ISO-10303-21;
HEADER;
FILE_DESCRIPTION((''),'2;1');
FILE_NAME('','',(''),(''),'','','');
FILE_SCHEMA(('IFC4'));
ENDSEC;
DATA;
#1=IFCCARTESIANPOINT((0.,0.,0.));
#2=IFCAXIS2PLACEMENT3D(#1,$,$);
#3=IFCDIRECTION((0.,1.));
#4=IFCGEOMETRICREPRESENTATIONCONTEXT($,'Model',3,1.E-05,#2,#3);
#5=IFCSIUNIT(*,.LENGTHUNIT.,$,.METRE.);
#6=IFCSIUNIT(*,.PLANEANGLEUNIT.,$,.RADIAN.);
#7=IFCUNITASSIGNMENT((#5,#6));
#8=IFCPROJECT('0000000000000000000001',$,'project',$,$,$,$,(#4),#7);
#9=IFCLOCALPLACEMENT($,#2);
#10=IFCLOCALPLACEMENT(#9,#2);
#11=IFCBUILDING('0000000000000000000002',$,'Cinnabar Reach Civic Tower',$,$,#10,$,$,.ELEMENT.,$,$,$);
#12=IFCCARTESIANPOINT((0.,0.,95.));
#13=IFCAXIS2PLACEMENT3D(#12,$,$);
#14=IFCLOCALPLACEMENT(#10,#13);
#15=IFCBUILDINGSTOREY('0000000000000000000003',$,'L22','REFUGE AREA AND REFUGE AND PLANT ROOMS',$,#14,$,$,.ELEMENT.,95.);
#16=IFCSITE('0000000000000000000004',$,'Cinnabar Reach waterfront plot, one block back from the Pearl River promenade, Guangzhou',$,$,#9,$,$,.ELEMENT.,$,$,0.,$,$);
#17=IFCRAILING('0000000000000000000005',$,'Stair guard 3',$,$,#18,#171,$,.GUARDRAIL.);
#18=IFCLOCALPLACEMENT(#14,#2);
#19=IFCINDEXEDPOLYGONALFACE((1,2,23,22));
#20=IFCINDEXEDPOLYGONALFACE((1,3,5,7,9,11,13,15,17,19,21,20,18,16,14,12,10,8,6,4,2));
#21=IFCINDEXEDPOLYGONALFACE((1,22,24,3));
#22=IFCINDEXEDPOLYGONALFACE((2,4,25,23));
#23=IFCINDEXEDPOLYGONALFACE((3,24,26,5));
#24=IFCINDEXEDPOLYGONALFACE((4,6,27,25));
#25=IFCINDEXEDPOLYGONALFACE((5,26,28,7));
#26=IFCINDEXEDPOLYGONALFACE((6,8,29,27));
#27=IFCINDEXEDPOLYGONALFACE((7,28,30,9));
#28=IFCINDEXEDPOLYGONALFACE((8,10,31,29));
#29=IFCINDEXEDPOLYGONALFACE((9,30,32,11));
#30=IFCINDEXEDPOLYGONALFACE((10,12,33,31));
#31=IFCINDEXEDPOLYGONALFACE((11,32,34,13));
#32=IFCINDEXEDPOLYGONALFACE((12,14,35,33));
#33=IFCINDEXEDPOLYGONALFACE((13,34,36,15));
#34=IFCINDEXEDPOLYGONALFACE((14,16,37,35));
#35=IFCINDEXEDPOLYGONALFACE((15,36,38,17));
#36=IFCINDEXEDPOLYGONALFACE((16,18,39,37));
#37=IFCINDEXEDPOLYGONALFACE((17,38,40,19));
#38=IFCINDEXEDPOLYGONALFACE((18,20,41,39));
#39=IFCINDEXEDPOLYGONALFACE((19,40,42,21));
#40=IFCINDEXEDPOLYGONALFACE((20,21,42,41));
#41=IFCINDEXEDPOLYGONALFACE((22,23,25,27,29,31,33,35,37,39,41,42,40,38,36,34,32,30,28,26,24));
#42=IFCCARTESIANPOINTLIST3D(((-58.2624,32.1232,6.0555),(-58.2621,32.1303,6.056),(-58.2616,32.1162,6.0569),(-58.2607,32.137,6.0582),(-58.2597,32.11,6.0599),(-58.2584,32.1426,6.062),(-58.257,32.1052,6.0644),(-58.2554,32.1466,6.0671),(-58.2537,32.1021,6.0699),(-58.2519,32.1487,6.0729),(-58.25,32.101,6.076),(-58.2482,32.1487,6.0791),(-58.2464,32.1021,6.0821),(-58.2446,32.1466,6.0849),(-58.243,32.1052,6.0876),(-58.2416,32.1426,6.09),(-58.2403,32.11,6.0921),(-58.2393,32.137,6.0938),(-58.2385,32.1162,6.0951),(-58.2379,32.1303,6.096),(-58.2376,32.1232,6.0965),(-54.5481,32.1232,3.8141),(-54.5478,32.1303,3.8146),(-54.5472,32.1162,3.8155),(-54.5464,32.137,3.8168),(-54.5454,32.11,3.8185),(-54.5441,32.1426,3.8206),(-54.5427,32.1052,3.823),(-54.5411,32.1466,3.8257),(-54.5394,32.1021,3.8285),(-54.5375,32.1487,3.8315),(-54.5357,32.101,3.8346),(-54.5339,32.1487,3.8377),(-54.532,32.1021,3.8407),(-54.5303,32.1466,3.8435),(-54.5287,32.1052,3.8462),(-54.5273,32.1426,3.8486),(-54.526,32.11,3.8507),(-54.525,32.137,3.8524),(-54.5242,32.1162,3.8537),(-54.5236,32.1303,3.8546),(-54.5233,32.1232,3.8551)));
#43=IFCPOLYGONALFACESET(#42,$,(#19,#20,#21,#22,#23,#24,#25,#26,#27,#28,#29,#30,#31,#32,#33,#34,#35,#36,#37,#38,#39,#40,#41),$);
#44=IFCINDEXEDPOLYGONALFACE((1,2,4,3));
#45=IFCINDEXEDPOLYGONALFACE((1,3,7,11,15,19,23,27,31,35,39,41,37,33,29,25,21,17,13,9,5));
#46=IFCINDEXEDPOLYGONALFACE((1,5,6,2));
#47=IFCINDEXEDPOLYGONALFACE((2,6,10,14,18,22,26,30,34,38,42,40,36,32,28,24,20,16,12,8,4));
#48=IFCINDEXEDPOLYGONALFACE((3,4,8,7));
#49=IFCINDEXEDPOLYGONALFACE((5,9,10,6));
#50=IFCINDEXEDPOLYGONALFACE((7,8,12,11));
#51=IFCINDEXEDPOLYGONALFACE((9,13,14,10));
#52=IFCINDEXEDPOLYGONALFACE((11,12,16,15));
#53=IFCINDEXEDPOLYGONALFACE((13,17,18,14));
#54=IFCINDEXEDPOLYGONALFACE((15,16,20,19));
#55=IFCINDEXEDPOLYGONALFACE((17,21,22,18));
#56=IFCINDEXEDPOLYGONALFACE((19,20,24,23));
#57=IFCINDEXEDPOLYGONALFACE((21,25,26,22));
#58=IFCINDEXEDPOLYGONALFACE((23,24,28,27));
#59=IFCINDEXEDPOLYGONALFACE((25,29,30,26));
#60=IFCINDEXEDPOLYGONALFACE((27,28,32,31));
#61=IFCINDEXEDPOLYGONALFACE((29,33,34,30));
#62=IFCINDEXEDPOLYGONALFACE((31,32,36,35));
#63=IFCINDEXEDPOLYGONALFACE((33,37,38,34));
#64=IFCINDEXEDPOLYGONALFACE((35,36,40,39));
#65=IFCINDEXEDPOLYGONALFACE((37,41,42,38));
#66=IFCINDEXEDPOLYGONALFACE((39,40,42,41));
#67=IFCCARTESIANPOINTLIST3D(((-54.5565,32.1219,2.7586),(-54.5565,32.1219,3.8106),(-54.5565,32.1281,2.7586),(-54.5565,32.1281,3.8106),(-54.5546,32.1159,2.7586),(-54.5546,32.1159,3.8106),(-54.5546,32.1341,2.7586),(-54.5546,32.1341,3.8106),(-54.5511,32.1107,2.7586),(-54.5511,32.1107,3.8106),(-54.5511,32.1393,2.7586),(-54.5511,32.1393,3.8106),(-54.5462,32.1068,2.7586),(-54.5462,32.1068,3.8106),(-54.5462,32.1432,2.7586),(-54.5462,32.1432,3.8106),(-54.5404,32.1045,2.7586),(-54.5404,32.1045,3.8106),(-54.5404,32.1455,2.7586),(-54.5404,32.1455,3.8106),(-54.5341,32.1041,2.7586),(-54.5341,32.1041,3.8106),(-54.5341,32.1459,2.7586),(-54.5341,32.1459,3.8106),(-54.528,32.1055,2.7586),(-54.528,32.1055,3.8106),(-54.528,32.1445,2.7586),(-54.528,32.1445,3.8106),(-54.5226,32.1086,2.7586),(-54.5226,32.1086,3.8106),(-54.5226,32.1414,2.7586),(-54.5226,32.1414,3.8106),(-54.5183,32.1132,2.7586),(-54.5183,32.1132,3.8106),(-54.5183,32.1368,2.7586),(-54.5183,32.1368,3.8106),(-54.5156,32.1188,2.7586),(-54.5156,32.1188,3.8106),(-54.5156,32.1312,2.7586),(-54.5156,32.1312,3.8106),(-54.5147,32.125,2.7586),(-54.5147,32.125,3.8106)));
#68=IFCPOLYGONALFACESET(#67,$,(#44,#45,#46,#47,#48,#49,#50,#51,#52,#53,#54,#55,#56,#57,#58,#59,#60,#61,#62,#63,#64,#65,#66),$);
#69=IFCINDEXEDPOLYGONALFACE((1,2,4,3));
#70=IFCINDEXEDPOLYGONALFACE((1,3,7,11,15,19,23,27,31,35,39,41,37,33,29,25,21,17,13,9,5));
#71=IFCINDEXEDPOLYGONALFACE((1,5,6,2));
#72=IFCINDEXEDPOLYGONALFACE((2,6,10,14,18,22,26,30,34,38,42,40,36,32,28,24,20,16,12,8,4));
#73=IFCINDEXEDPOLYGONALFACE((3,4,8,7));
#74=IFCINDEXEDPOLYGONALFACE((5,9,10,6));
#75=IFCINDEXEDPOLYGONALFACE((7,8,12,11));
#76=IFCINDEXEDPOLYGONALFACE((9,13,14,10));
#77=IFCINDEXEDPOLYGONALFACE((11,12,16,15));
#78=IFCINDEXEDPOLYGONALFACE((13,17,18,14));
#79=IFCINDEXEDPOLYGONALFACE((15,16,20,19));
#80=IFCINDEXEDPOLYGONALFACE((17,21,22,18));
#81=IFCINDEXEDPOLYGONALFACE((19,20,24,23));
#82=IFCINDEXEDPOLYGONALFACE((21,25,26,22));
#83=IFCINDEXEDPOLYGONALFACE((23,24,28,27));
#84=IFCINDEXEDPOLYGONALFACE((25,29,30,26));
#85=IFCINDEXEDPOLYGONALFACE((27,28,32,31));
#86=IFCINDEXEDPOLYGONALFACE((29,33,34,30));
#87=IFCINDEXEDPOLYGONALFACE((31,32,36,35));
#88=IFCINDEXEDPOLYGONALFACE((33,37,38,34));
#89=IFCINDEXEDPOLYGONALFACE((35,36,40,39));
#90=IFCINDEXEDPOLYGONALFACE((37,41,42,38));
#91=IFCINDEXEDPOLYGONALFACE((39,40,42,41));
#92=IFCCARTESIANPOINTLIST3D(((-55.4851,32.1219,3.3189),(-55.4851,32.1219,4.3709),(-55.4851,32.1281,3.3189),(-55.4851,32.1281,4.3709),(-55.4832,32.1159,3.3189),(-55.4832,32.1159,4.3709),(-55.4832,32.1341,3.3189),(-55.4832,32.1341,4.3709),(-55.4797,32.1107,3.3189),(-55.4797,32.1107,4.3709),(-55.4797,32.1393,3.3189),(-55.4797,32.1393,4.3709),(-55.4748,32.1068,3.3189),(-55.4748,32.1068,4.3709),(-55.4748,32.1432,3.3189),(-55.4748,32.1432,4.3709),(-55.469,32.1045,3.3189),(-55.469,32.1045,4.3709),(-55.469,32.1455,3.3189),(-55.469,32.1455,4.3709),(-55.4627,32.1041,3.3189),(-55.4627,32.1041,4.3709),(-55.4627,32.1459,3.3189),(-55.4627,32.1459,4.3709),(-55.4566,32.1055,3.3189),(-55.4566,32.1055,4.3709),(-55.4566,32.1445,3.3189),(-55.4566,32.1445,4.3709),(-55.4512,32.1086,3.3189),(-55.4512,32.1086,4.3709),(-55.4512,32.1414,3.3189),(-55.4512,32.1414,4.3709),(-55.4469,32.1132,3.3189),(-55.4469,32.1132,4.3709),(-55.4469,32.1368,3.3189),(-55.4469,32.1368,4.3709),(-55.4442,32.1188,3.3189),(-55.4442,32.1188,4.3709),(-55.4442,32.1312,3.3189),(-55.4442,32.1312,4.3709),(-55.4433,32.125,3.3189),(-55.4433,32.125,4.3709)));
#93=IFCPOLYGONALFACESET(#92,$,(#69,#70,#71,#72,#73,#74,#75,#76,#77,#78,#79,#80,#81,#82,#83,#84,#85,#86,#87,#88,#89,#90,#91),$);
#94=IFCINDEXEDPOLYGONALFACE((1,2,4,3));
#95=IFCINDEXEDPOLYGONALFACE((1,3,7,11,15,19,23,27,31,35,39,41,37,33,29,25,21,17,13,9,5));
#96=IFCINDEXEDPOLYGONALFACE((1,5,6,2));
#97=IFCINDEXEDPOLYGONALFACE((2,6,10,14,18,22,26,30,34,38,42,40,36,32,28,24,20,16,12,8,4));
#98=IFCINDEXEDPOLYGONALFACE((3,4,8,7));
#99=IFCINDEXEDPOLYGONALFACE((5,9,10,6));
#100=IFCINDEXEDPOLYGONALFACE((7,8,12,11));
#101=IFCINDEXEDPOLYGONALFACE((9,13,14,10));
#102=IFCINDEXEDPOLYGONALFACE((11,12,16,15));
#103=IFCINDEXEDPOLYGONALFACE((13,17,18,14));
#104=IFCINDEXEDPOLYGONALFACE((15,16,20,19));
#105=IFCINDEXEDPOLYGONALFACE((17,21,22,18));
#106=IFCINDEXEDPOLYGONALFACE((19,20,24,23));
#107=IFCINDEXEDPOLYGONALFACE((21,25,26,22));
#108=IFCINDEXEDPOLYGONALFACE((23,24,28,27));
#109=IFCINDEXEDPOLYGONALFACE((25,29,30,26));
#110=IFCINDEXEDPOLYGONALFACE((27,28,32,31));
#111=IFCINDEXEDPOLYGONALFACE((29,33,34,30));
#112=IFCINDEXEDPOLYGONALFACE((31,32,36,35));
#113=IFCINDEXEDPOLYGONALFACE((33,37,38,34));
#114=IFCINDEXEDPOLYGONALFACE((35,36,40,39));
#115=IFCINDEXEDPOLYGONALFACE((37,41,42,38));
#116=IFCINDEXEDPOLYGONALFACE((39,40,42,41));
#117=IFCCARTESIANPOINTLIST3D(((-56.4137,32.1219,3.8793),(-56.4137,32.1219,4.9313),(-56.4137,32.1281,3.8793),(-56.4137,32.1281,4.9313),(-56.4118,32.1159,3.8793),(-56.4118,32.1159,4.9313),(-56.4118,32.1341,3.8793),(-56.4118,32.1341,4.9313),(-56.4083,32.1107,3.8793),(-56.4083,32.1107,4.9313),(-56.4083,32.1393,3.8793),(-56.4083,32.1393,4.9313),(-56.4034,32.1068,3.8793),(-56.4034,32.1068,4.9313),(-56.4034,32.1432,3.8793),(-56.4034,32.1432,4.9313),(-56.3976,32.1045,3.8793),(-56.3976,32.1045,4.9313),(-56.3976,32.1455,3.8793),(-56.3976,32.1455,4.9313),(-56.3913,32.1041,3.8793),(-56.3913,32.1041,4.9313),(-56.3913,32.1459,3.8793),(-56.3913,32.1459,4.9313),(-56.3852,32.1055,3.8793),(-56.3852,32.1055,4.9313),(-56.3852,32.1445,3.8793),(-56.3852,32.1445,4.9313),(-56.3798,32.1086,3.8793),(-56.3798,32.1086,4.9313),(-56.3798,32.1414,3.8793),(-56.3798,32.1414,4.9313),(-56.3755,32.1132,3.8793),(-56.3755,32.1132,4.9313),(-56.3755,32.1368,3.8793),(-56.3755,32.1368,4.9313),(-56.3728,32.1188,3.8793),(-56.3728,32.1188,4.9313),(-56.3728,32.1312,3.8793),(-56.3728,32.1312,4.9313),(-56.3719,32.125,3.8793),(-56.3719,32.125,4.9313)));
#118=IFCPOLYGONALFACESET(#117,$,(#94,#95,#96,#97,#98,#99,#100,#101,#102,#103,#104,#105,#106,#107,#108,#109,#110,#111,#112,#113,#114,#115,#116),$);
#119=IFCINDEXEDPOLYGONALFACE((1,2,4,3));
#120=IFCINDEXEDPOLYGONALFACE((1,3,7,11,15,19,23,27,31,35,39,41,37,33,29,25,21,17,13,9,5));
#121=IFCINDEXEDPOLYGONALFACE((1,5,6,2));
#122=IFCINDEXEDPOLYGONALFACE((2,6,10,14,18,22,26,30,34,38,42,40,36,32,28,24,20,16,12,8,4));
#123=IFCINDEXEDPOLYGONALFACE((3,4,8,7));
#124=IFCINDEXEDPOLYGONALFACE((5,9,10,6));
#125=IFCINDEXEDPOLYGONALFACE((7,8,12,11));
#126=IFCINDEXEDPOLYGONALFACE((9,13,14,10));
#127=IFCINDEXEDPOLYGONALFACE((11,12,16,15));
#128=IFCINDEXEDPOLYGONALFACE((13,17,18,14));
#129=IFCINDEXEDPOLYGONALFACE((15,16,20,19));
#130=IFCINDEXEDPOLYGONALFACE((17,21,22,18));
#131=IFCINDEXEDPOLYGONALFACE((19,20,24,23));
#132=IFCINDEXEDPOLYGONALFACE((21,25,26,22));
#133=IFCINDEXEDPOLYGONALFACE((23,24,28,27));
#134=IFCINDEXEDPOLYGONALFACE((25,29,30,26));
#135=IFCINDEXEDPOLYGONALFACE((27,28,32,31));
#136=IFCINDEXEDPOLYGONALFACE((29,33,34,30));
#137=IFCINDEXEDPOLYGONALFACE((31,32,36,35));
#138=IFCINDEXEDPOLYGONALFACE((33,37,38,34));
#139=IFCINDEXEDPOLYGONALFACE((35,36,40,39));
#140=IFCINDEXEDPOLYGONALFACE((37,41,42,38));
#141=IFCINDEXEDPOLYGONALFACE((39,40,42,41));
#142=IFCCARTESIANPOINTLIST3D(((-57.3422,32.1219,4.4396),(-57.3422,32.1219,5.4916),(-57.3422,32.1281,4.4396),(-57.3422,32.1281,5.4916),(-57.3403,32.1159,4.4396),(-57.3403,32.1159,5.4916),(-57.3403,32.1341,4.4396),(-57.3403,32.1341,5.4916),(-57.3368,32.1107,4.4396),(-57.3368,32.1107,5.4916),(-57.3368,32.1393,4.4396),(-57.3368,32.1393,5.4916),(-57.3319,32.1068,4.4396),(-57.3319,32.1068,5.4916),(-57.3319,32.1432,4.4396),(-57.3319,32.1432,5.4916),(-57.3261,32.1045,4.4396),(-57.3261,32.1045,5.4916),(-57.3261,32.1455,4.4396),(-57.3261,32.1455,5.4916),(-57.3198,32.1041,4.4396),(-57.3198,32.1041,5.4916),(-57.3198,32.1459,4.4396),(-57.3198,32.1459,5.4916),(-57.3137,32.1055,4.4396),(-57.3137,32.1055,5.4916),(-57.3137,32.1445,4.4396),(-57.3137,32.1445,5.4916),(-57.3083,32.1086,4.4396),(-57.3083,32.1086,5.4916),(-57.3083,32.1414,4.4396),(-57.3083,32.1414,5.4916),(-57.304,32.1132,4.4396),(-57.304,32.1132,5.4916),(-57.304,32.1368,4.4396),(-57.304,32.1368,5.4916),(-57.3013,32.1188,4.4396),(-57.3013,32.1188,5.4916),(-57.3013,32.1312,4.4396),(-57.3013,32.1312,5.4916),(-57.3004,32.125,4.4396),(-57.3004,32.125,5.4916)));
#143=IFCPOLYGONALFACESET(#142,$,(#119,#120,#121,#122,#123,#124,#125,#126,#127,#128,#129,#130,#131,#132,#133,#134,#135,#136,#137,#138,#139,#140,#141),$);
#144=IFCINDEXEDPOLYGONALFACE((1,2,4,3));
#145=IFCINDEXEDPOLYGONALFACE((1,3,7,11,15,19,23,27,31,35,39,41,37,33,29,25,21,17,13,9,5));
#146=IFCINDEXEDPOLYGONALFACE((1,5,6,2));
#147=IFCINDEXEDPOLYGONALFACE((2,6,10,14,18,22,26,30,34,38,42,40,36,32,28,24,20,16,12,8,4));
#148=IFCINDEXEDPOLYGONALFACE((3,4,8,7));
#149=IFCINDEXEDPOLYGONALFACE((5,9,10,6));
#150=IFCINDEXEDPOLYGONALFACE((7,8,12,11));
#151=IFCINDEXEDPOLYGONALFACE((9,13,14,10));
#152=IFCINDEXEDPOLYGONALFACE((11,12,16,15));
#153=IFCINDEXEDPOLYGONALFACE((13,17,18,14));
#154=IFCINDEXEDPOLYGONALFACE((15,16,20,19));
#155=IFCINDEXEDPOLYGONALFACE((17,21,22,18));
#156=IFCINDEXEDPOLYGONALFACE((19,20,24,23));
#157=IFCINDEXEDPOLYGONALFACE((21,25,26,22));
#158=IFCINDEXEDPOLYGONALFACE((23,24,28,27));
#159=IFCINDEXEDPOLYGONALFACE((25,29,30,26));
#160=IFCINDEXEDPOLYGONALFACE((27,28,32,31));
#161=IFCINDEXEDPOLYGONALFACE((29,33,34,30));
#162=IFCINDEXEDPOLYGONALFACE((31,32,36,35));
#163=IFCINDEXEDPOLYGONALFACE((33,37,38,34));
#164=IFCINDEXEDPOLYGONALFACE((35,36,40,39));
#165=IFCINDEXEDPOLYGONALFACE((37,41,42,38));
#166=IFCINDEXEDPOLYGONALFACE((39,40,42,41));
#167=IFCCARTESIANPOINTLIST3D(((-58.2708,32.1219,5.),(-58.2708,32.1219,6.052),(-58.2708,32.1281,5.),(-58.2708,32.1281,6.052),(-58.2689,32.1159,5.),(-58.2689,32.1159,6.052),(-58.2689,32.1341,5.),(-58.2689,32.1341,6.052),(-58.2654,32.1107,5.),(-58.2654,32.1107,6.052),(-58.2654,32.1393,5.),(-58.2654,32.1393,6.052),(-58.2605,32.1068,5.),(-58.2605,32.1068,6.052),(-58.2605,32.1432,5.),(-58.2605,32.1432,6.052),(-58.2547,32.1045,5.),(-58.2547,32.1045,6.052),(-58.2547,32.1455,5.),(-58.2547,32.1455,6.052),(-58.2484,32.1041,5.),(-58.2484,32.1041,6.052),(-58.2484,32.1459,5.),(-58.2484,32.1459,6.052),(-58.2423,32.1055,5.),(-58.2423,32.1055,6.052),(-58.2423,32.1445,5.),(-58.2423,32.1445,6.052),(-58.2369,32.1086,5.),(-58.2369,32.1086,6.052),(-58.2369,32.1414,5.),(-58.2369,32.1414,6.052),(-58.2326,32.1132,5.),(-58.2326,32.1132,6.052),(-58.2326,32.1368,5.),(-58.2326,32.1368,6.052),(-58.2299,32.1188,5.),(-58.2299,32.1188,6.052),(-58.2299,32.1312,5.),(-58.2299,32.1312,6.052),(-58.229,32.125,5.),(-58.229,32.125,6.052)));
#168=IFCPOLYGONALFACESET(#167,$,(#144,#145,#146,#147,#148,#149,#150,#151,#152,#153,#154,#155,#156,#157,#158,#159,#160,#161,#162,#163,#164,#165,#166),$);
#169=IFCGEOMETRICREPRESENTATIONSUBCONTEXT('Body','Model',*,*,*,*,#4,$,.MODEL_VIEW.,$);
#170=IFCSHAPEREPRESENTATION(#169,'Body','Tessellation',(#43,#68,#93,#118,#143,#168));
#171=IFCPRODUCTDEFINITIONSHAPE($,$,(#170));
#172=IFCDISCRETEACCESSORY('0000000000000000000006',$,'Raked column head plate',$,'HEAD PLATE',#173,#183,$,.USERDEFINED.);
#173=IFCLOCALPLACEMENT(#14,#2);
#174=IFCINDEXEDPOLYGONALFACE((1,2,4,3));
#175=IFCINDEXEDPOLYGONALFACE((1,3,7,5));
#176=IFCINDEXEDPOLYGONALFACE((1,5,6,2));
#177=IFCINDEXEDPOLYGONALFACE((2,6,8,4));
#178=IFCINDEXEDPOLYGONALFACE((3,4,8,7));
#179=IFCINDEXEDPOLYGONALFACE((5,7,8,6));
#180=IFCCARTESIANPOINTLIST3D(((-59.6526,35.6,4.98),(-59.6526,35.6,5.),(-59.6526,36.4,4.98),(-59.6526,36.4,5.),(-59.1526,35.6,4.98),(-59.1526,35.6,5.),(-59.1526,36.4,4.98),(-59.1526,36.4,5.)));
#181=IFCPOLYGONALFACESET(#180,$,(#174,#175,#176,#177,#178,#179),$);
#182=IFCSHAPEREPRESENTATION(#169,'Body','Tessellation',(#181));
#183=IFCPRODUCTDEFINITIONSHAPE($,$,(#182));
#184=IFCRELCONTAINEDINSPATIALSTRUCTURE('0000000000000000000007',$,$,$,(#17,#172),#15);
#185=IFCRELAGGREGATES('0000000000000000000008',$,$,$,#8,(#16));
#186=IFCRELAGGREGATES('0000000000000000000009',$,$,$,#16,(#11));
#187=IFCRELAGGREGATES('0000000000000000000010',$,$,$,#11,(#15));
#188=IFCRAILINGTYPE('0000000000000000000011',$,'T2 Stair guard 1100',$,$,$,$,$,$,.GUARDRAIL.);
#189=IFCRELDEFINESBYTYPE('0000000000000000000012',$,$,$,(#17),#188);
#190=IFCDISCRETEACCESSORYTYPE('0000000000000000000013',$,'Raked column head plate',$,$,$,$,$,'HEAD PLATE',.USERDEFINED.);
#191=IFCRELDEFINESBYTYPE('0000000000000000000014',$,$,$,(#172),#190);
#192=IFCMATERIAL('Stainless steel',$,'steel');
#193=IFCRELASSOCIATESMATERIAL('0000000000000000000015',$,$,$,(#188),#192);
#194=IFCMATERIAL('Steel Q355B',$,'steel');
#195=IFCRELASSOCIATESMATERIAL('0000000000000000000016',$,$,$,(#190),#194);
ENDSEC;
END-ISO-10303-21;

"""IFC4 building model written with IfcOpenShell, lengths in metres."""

from ifc_helpers import new_model, si_unit, direction, frame, origin, origin_2d, place, context, subcontext, project, spatial, rectangle, circle, extrude, material, type_object, element, save


model = new_model("IFC4")

# Units and contexts
model_context = context("Model", 3, precision=1e-05, world=origin(), true_north=direction((0.0, 1.0)))
body_context = subcontext(model_context, "Body", "Model", "MODEL_VIEW")
ifc_project = project(units=[si_unit("LENGTHUNIT", "METRE"), si_unit("PLANEANGLEUNIT", "RADIAN")], contexts=[model_context])

# Site, building, storey
site_placement = place(None, origin())
site = spatial("IfcSite", under=ifc_project, at=site_placement, Name="Cinnabar Reach waterfront plot, one block back from the Pearl River promenade, Guangzhou", CompositionType="ELEMENT", RefElevation=0.0)
building_placement = place(site_placement, origin())
building = spatial("IfcBuilding", under=site, at=building_placement, Name="Cinnabar Reach Civic Tower", CompositionType="ELEMENT")
storey_placement = place(building_placement, frame((0.0, 0.0, 95.0)))
storey = spatial("IfcBuildingStorey", under=building, at=storey_placement, Name="L22", Description="REFUGE AREA AND REFUGE AND PLANT ROOMS", CompositionType="ELEMENT", Elevation=95.0)

# Shared definitions
ifc_material_1 = material(Name="Steel Q355B", Category="steel")

# Railing
ifc_material_2 = material(Name="Stainless steel", Category="steel")
railing_type = type_object("IfcRailingType", Name="T2 Stair guard 1100", PredefinedType="GUARDRAIL", material=ifc_material_2)
railing_1_placement = place(storey_placement, frame((-54.5357, 32.125, 2.7586)))
element("IfcRailing", 1, at=railing_1_placement, inside=storey, type_object=railing_type, Name="Stair guard 3", PredefinedType="GUARDRAIL", context=body_context, shape_type="SweptSolid", body=[
    extrude(circle(Radius=0.024, at=origin_2d()), frame((0.0, 0.0, 1.076), z_axis=(-0.856186, 0.0, 0.516667), x_axis=(0.0, -1.0, 0.0)), (0.0, 0.0, 1.0), 4.3382),
    extrude(circle(Radius=0.021, at=origin_2d()), origin(), (0.0, 0.0, 1.0), 1.052),
    extrude(circle(Radius=0.021, at=origin_2d()), frame((-0.9286, 0.0, 0.5603)), (0.0, 0.0, 1.0), 1.052),
    extrude(circle(Radius=0.021, at=origin_2d()), frame((-1.8572, 0.0, 1.1207)), (0.0, 0.0, 1.0), 1.052),
    extrude(circle(Radius=0.021, at=origin_2d()), frame((-2.7857, 0.0, 1.681)), (0.0, 0.0, 1.0), 1.052),
    extrude(circle(Radius=0.021, at=origin_2d()), frame((-3.7143, 0.0, 2.2414)), (0.0, 0.0, 1.0), 1.052),
])

# Discrete accessory
discrete_accessory_type = type_object("IfcDiscreteAccessoryType", Name="Raked column head plate", ElementType="HEAD PLATE", PredefinedType="USERDEFINED", material=ifc_material_1)
discrete_accessory_placement = place(storey_placement, frame((-59.4026, 36.0, 4.98), z_axis=(0.0, 0.0, 1.0), x_axis=(1.0, 0.0, 0.0)))
element("IfcDiscreteAccessory", 2, at=discrete_accessory_placement, inside=storey, type_object=discrete_accessory_type, Name="Raked column head plate", ObjectType="HEAD PLATE", PredefinedType="USERDEFINED", context=body_context, shape_type="SweptSolid", body=[
    extrude(rectangle(XDim=0.5, YDim=0.8, at=origin_2d()), origin(), (0.0, 0.0, 1.0), 0.02),
])

save(model, "model.ifc")
